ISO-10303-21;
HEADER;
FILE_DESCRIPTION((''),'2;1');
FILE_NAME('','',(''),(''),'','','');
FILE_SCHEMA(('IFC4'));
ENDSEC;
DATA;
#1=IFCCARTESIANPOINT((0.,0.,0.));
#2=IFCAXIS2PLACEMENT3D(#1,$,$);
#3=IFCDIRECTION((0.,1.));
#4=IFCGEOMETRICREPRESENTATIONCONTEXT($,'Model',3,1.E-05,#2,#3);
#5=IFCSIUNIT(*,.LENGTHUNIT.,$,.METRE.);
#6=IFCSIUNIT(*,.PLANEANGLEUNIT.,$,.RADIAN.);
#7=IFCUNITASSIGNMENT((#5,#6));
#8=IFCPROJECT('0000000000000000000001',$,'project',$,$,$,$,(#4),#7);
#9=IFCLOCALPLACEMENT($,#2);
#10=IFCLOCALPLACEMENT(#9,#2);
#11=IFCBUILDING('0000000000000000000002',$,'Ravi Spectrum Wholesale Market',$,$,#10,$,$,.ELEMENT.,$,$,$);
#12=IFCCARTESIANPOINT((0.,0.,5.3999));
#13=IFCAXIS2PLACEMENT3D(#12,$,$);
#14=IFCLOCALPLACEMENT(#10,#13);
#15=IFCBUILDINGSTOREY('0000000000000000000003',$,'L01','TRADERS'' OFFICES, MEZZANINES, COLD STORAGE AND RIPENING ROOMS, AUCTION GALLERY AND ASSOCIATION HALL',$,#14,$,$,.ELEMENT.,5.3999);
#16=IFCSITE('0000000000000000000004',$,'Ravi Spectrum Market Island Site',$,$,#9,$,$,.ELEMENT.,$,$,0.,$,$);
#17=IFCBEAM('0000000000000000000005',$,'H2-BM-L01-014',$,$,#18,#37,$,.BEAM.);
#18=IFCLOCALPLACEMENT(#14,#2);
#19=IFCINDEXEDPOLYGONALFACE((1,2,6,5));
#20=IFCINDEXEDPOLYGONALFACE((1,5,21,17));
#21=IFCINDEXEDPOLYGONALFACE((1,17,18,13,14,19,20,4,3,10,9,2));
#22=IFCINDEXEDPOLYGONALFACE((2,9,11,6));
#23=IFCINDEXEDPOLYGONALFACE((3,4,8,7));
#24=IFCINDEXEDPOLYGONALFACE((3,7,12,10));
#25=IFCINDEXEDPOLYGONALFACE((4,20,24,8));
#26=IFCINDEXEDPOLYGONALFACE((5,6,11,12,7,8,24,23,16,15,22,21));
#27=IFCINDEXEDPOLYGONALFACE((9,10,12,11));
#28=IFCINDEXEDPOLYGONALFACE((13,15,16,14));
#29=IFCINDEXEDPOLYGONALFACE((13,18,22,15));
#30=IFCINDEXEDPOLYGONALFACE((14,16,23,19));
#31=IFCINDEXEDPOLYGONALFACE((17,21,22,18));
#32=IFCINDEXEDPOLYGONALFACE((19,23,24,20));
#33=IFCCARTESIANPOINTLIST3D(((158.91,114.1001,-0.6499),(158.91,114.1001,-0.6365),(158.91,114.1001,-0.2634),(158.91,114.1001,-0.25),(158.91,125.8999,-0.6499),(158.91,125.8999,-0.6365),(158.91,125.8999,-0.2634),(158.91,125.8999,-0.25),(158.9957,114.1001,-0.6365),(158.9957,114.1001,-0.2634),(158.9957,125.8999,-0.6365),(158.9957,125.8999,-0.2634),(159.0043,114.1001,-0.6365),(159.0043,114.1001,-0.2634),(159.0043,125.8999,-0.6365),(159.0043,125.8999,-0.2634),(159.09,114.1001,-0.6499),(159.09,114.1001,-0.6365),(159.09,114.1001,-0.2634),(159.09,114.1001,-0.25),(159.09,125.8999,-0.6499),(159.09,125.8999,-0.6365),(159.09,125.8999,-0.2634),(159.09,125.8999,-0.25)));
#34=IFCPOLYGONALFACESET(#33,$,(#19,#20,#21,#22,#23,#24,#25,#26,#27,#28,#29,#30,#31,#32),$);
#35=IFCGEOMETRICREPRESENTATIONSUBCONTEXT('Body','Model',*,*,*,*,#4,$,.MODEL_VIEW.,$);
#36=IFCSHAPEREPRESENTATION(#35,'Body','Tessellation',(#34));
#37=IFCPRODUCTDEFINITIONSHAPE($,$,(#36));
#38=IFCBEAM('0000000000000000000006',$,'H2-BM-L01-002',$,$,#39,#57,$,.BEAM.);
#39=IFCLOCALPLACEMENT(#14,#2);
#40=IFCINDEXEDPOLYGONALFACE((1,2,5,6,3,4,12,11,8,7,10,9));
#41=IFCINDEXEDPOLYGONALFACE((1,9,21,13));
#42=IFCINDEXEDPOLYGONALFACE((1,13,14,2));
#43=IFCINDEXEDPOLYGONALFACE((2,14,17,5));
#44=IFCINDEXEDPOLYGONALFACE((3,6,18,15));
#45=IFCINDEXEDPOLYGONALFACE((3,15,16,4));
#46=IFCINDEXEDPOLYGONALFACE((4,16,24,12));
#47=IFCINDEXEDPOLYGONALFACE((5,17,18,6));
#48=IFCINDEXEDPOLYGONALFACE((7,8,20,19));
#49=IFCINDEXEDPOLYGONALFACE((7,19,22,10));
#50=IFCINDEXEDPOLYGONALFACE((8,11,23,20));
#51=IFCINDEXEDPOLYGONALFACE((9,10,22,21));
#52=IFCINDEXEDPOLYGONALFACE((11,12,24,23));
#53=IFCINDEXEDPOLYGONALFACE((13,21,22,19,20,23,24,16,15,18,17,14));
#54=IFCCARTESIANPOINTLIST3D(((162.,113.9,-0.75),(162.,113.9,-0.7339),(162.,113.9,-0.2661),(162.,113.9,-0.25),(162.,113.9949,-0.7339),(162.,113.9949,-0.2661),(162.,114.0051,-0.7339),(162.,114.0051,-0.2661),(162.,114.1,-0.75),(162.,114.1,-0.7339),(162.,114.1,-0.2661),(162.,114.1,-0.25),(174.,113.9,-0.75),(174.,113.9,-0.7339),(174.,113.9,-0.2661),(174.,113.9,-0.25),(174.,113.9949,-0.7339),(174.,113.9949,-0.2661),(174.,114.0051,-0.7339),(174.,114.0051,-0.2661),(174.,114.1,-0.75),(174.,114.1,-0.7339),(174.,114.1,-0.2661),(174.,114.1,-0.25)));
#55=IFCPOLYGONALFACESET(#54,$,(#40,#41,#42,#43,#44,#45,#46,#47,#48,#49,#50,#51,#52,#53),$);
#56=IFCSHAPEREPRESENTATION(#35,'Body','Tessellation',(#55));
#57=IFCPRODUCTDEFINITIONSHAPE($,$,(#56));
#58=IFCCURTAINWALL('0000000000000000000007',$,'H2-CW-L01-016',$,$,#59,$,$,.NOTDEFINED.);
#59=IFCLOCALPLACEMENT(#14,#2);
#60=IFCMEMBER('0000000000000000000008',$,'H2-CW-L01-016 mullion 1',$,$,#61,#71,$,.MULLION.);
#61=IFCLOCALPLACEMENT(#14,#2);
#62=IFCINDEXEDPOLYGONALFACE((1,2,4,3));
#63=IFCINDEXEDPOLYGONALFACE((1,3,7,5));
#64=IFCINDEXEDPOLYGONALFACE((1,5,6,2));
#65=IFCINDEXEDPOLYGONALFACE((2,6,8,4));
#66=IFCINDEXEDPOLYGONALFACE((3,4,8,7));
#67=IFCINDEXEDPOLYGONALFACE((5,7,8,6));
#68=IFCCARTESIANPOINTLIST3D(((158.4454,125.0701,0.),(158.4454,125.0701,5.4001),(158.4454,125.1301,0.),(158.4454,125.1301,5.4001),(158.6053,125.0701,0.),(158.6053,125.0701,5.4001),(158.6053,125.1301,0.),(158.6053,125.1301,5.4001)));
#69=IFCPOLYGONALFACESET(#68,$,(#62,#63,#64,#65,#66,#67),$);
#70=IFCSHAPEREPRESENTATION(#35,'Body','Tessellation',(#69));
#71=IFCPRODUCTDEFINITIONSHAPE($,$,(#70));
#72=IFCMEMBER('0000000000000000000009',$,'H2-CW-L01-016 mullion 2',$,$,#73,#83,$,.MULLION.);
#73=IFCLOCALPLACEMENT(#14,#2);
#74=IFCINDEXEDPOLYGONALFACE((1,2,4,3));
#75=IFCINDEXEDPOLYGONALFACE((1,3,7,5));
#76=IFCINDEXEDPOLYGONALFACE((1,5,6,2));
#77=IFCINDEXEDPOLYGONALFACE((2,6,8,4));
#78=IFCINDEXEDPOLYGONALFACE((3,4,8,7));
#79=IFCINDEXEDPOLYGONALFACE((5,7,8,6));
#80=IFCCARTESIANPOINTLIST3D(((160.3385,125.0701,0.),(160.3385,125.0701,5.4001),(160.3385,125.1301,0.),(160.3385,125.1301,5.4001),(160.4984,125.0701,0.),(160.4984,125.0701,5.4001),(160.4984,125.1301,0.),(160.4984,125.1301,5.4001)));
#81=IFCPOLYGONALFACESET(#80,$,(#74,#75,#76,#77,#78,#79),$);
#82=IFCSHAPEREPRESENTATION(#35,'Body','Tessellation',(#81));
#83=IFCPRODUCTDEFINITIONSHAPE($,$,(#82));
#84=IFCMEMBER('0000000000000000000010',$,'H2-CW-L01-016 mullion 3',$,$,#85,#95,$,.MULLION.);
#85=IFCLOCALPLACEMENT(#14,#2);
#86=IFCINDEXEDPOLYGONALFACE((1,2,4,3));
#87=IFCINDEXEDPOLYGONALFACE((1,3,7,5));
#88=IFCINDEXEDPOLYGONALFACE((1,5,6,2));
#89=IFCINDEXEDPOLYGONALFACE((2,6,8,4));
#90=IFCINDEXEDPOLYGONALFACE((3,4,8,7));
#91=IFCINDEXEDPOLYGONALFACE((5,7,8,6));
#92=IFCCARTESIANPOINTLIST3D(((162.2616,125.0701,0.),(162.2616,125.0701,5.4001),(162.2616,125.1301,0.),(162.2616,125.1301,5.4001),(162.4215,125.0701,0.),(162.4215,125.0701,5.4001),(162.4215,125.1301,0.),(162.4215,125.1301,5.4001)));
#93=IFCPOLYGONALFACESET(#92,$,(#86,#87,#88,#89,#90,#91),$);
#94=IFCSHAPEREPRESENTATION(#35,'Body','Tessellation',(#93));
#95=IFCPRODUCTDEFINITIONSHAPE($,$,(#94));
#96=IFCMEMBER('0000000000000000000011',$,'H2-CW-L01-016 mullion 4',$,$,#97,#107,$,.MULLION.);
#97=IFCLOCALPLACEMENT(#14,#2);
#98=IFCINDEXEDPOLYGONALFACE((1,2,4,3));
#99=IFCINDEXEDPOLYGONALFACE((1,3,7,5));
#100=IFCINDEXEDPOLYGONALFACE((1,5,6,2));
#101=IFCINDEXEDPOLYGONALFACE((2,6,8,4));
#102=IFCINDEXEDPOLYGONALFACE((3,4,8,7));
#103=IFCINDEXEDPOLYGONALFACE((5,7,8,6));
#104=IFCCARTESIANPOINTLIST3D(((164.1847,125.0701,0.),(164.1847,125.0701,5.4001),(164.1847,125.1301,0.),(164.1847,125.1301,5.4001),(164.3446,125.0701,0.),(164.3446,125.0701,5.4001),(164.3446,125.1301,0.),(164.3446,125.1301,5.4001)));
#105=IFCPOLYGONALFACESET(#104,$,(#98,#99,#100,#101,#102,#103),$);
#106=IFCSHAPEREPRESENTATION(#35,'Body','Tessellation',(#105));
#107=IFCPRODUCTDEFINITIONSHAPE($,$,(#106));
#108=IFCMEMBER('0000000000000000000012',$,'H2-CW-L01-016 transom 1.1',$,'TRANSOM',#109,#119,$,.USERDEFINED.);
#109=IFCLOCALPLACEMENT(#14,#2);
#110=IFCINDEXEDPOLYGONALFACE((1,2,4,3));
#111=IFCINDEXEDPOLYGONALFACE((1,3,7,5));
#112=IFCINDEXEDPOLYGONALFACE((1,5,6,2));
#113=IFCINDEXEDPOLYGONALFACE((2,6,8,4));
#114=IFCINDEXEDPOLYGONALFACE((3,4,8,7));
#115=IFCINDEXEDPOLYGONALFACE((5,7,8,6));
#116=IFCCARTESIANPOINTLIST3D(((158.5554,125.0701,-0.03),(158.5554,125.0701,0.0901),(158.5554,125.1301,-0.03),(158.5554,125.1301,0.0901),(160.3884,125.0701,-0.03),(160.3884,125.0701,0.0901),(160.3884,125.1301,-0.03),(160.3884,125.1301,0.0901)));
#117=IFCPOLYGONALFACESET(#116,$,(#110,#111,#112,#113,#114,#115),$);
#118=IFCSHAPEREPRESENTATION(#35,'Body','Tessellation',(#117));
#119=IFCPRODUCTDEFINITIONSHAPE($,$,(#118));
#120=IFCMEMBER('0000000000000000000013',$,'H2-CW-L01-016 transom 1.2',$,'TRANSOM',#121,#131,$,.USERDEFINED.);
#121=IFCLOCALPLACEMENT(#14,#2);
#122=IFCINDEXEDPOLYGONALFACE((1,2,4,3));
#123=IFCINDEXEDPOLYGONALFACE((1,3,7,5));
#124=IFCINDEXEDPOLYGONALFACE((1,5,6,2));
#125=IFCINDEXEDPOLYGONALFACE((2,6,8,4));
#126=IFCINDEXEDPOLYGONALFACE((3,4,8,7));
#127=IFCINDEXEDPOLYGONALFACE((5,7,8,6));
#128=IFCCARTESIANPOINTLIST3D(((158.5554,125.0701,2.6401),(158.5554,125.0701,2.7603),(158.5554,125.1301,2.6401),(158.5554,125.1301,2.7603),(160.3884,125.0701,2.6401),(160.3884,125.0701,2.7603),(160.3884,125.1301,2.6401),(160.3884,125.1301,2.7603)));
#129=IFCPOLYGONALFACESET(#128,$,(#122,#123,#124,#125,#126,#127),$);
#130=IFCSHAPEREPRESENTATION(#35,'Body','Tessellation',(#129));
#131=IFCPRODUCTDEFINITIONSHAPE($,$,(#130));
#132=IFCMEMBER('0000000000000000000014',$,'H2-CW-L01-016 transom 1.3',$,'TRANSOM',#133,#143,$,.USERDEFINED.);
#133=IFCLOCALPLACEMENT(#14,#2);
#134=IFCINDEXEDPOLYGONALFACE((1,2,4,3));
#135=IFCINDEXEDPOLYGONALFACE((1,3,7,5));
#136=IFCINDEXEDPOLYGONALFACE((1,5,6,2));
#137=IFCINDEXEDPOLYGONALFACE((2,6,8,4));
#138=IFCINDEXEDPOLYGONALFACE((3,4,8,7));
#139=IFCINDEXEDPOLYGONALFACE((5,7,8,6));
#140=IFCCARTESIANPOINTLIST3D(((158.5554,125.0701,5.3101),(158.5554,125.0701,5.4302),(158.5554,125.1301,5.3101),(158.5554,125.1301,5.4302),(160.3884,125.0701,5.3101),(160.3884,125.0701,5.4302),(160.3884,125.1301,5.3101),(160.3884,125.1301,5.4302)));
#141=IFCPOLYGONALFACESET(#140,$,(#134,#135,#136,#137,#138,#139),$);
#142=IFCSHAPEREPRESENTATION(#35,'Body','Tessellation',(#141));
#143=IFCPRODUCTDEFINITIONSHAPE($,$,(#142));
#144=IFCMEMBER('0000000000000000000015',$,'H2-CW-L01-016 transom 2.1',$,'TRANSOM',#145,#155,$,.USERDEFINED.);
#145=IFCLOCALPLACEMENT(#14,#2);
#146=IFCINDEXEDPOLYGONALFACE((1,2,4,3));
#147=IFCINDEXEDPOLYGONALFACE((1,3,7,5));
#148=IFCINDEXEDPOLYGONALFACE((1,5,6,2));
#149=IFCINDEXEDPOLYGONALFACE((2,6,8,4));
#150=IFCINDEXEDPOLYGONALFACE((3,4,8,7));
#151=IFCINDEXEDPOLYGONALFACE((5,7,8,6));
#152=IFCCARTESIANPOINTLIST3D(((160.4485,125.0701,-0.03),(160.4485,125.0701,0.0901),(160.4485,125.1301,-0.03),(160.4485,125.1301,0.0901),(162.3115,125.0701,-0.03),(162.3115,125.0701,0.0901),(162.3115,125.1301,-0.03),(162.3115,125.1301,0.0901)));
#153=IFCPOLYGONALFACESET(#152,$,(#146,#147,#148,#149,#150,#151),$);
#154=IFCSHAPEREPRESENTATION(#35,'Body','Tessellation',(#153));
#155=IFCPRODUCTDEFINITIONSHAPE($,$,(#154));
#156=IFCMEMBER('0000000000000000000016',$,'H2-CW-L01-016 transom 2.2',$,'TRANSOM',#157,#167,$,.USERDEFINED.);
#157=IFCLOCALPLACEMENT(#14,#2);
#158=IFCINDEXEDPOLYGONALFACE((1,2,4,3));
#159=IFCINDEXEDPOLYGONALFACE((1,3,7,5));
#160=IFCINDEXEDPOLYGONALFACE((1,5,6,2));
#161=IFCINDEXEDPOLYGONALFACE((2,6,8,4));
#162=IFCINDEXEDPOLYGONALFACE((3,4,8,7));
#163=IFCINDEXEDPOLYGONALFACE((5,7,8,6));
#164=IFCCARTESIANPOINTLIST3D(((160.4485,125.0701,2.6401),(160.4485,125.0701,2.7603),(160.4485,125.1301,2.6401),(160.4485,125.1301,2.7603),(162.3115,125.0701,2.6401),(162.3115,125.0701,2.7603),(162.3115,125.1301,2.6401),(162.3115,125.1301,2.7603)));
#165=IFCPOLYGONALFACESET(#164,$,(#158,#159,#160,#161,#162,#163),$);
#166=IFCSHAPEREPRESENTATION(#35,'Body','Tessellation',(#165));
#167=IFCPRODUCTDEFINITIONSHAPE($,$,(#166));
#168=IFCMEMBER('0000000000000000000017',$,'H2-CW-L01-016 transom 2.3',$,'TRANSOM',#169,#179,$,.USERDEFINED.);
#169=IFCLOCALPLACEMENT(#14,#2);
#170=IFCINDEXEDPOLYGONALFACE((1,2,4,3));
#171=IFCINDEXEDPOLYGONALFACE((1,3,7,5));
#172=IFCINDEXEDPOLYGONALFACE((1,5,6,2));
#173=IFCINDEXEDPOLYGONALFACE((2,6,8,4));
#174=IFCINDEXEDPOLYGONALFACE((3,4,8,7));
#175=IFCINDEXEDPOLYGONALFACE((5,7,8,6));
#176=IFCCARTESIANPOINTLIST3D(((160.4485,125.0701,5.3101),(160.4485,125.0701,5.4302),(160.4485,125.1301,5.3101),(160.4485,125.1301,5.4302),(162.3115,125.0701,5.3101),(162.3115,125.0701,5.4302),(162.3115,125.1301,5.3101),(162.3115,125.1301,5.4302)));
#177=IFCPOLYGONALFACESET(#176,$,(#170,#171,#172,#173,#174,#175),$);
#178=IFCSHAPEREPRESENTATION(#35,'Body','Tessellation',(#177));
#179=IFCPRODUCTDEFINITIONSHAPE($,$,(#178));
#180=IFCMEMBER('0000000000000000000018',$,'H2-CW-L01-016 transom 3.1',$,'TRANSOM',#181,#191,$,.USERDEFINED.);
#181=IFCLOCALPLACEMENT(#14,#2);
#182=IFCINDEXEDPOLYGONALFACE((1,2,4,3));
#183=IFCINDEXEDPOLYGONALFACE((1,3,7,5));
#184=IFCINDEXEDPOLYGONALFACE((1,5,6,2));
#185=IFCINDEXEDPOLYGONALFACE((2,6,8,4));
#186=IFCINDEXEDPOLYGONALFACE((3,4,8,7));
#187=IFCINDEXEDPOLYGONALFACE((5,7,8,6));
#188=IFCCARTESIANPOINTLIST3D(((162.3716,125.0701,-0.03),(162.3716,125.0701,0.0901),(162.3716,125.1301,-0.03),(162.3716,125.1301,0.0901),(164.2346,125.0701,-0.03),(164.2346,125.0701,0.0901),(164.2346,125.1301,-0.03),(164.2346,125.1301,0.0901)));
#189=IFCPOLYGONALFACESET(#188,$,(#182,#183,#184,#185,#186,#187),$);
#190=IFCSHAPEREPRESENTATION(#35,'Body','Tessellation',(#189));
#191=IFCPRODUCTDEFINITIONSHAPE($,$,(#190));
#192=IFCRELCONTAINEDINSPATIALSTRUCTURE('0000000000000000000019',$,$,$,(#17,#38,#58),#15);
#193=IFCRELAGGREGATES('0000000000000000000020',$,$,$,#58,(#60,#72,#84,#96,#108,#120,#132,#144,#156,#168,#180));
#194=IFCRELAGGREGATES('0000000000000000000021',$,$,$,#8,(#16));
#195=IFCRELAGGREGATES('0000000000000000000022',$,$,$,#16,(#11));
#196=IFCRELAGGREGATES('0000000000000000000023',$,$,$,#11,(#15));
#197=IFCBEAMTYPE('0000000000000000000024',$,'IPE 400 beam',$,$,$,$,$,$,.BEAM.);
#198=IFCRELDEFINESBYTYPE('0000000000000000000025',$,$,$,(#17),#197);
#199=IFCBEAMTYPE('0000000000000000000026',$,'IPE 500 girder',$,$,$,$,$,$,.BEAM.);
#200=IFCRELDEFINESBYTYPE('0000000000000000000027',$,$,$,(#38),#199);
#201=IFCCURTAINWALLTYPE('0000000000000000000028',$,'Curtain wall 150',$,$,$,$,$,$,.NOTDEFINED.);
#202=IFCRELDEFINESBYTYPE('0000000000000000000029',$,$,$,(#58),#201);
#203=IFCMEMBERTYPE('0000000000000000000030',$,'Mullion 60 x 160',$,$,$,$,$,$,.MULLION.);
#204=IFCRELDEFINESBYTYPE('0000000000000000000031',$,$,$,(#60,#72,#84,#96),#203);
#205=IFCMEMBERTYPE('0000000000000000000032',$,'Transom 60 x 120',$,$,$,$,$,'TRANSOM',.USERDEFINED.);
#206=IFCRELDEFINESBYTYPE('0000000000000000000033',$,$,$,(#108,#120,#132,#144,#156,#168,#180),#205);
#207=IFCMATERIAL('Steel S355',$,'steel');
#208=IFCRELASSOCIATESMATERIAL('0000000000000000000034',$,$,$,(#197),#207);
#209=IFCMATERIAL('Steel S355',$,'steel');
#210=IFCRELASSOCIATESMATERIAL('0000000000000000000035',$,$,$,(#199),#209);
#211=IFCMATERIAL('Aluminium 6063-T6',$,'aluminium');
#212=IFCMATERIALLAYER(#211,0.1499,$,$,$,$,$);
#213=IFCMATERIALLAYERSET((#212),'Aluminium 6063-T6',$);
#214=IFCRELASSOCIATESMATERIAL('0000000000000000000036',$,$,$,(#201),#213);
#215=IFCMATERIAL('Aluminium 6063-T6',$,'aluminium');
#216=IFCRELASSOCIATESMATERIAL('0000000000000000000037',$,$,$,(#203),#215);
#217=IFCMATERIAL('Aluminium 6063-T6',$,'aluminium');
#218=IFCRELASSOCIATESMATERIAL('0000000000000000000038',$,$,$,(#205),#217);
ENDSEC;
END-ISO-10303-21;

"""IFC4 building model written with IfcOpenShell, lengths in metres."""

from ifc_helpers import new_model, si_unit, direction, frame, origin, origin_2d, place, context, subcontext, project, spatial, rectangle, i_section, extrude, material, layer, layer_set, material_profile, profile_set, type_object, element, aggregate, save


model = new_model("IFC4")

# Units and contexts
model_context = context("Model", 3, precision=1e-05, world=origin(), true_north=direction((0.0, 1.0)))
body_context = subcontext(model_context, "Body", "Model", "MODEL_VIEW")
ifc_project = project(units=[si_unit("LENGTHUNIT", "METRE"), si_unit("PLANEANGLEUNIT", "RADIAN")], contexts=[model_context])

# Site, building, storey
site_placement = place(None, origin())
site = spatial("IfcSite", under=ifc_project, at=site_placement, Name="Ravi Spectrum Market Island Site", CompositionType="ELEMENT", RefElevation=0.0)
building_placement = place(site_placement, origin())
building = spatial("IfcBuilding", under=site, at=building_placement, Name="Ravi Spectrum Wholesale Market", CompositionType="ELEMENT")
storey_placement = place(building_placement, frame((0.0, 0.0, 5.3999)))
storey = spatial("IfcBuildingStorey", under=building, at=storey_placement, Name="L01", Description="TRADERS' OFFICES, MEZZANINES, COLD STORAGE AND RIPENING ROOMS, AUCTION GALLERY AND ASSOCIATION HALL", CompositionType="ELEMENT", Elevation=5.3999)

# Beams
ifc_material_1 = material(Name="Steel S355", Category="steel")
ifc_material_profile_1 = material_profile(ifc_material_1, i_section(OverallWidth=0.1799, OverallDepth=0.3999, WebThickness=0.0085, FlangeThickness=0.0134, at=origin_2d()))
ifc_profile_set_1 = profile_set([ifc_material_profile_1], Name="Steel S355")
beam_type_1 = type_object("IfcBeamType", Name="IPE 400 beam", PredefinedType="BEAM", material=ifc_profile_set_1)
beam_1_placement = place(storey_placement, frame((159.0, 114.1001, -0.45), z_axis=(0.0, 1.0, 0.0), x_axis=(-1.0, 0.0, 0.0)))
element("IfcBeam", 1, at=beam_1_placement, inside=storey, type_object=beam_type_1, Name="H2-BM-L01-014", PredefinedType="BEAM", context=body_context, shape_type="SweptSolid", body=[
    extrude(i_section(OverallWidth=0.1799, OverallDepth=0.3999, WebThickness=0.0085, FlangeThickness=0.0134, at=origin_2d()), origin(), (0.0, 0.0, 1.0), 11.7998),
])
ifc_material_2 = material(Name="Steel S355", Category="steel")
ifc_material_profile_2 = material_profile(ifc_material_2, i_section(OverallWidth=0.2, OverallDepth=0.5, WebThickness=0.0103, FlangeThickness=0.0161, at=origin_2d()))
ifc_profile_set_2 = profile_set([ifc_material_profile_2], Name="Steel S355")
beam_type_2 = type_object("IfcBeamType", Name="IPE 500 girder", PredefinedType="BEAM", material=ifc_profile_set_2)
beam_2_placement = place(storey_placement, frame((162.0, 114.0, -0.5), z_axis=(1.0, 0.0, 0.0), x_axis=(0.0, 1.0, 0.0)))
element("IfcBeam", 2, at=beam_2_placement, inside=storey, type_object=beam_type_2, Name="H2-BM-L01-002", PredefinedType="BEAM", context=body_context, shape_type="SweptSolid", body=[
    extrude(i_section(OverallWidth=0.2, OverallDepth=0.5, WebThickness=0.0103, FlangeThickness=0.0161, at=origin_2d()), origin(), (0.0, 0.0, 1.0), 12.0),
])

# Curtain wall, members
ifc_material_3 = material(Name="Aluminium 6063-T6", Category="aluminium")
ifc_layer_1 = layer(ifc_material_3, 0.1499)
ifc_layer_set_1 = layer_set([ifc_layer_1], Name="Aluminium 6063-T6")
curtain_wall_type = type_object("IfcCurtainWallType", Name="Curtain wall 150", PredefinedType="NOTDEFINED", material=ifc_layer_set_1)
curtain_wall_placement = place(storey_placement, origin())
curtain_wall = element("IfcCurtainWall", 3, at=curtain_wall_placement, inside=storey, type_object=curtain_wall_type, Name="H2-CW-L01-016", PredefinedType="NOTDEFINED")
ifc_material_4 = material(Name="Aluminium 6063-T6", Category="aluminium")
ifc_material_profile_3 = material_profile(ifc_material_4, rectangle(XDim=0.0601, YDim=0.1599, at=origin_2d()))
ifc_profile_set_3 = profile_set([ifc_material_profile_3], Name="Aluminium 6063-T6")
member_type_1 = type_object("IfcMemberType", Name="Mullion 60 x 160", PredefinedType="MULLION", material=ifc_profile_set_3)
member_1_placement = place(storey_placement, frame((158.5254, 125.1001, 0.0), z_axis=(0.0, 0.0, 1.0), x_axis=(0.0, 1.0, 0.0)))
member_1 = element("IfcMember", 4, at=member_1_placement, type_object=member_type_1, Name="H2-CW-L01-016 mullion 1", PredefinedType="MULLION", context=body_context, shape_type="SweptSolid", body=[
    extrude(rectangle(XDim=0.0601, YDim=0.1599, at=origin_2d()), origin(), (0.0, 0.0, 1.0), 5.4001),
])
member_2_placement = place(storey_placement, frame((160.4185, 125.1001, 0.0), z_axis=(0.0, 0.0, 1.0), x_axis=(0.0, 1.0, 0.0)))
member_2 = element("IfcMember", 5, at=member_2_placement, type_object=member_type_1, Name="H2-CW-L01-016 mullion 2", PredefinedType="MULLION", context=body_context, shape_type="SweptSolid", body=[
    extrude(rectangle(XDim=0.0601, YDim=0.1599, at=origin_2d()), origin(), (0.0, 0.0, 1.0), 5.4001),
])
member_3_placement = place(storey_placement, frame((162.3416, 125.1001, 0.0), z_axis=(0.0, 0.0, 1.0), x_axis=(0.0, 1.0, 0.0)))
member_3 = element("IfcMember", 6, at=member_3_placement, type_object=member_type_1, Name="H2-CW-L01-016 mullion 3", PredefinedType="MULLION", context=body_context, shape_type="SweptSolid", body=[
    extrude(rectangle(XDim=0.0601, YDim=0.1599, at=origin_2d()), origin(), (0.0, 0.0, 1.0), 5.4001),
])
member_4_placement = place(storey_placement, frame((164.2646, 125.1001, 0.0), z_axis=(0.0, 0.0, 1.0), x_axis=(0.0, 1.0, 0.0)))
member_4 = element("IfcMember", 7, at=member_4_placement, type_object=member_type_1, Name="H2-CW-L01-016 mullion 4", PredefinedType="MULLION", context=body_context, shape_type="SweptSolid", body=[
    extrude(rectangle(XDim=0.0601, YDim=0.1599, at=origin_2d()), origin(), (0.0, 0.0, 1.0), 5.4001),
])
ifc_material_5 = material(Name="Aluminium 6063-T6", Category="aluminium")
ifc_material_profile_4 = material_profile(ifc_material_5, rectangle(XDim=0.0601, YDim=0.1201, at=origin_2d()))
ifc_profile_set_4 = profile_set([ifc_material_profile_4], Name="Aluminium 6063-T6")
member_type_2 = type_object("IfcMemberType", Name="Transom 60 x 120", ElementType="TRANSOM", PredefinedType="USERDEFINED", material=ifc_profile_set_4)
member_5_placement = place(storey_placement, frame((158.5554, 125.1001, 0.03), z_axis=(1.0, 0.0, 0.0), x_axis=(0.0, 1.0, 0.0)))
member_5 = element("IfcMember", 8, at=member_5_placement, type_object=member_type_2, Name="H2-CW-L01-016 transom 1.1", ObjectType="TRANSOM", PredefinedType="USERDEFINED", context=body_context, shape_type="SweptSolid", body=[
    extrude(rectangle(XDim=0.0601, YDim=0.1201, at=origin_2d()), origin(), (0.0, 0.0, 1.0), 1.833),
])
member_6_placement = place(storey_placement, frame((158.5554, 125.1001, 2.7002), z_axis=(1.0, 0.0, 0.0), x_axis=(0.0, 1.0, 0.0)))
member_6 = element("IfcMember", 9, at=member_6_placement, type_object=member_type_2, Name="H2-CW-L01-016 transom 1.2", ObjectType="TRANSOM", PredefinedType="USERDEFINED", context=body_context, shape_type="SweptSolid", body=[
    extrude(rectangle(XDim=0.0601, YDim=0.1201, at=origin_2d()), origin(), (0.0, 0.0, 1.0), 1.833),
])
member_7_placement = place(storey_placement, frame((158.5554, 125.1001, 5.3701), z_axis=(1.0, 0.0, 0.0), x_axis=(0.0, 1.0, 0.0)))
member_7 = element("IfcMember", 10, at=member_7_placement, type_object=member_type_2, Name="H2-CW-L01-016 transom 1.3", ObjectType="TRANSOM", PredefinedType="USERDEFINED", context=body_context, shape_type="SweptSolid", body=[
    extrude(rectangle(XDim=0.0601, YDim=0.1201, at=origin_2d()), origin(), (0.0, 0.0, 1.0), 1.833),
])
member_8_placement = place(storey_placement, frame((160.4485, 125.1001, 0.03), z_axis=(1.0, 0.0, 0.0), x_axis=(0.0, 1.0, 0.0)))
member_8 = element("IfcMember", 11, at=member_8_placement, type_object=member_type_2, Name="H2-CW-L01-016 transom 2.1", ObjectType="TRANSOM", PredefinedType="USERDEFINED", context=body_context, shape_type="SweptSolid", body=[
    extrude(rectangle(XDim=0.0601, YDim=0.1201, at=origin_2d()), origin(), (0.0, 0.0, 1.0), 1.863),
])
member_9_placement = place(storey_placement, frame((160.4485, 125.1001, 2.7002), z_axis=(1.0, 0.0, 0.0), x_axis=(0.0, 1.0, 0.0)))
member_9 = element("IfcMember", 12, at=member_9_placement, type_object=member_type_2, Name="H2-CW-L01-016 transom 2.2", ObjectType="TRANSOM", PredefinedType="USERDEFINED", context=body_context, shape_type="SweptSolid", body=[
    extrude(rectangle(XDim=0.0601, YDim=0.1201, at=origin_2d()), origin(), (0.0, 0.0, 1.0), 1.863),
])
member_10_placement = place(storey_placement, frame((160.4485, 125.1001, 5.3701), z_axis=(1.0, 0.0, 0.0), x_axis=(0.0, 1.0, 0.0)))
member_10 = element("IfcMember", 13, at=member_10_placement, type_object=member_type_2, Name="H2-CW-L01-016 transom 2.3", ObjectType="TRANSOM", PredefinedType="USERDEFINED", context=body_context, shape_type="SweptSolid", body=[
    extrude(rectangle(XDim=0.0601, YDim=0.1201, at=origin_2d()), origin(), (0.0, 0.0, 1.0), 1.863),
])
member_11_placement = place(storey_placement, frame((162.3716, 125.1001, 0.03), z_axis=(1.0, 0.0, 0.0), x_axis=(0.0, 1.0, 0.0)))
member_11 = element("IfcMember", 14, at=member_11_placement, type_object=member_type_2, Name="H2-CW-L01-016 transom 3.1", ObjectType="TRANSOM", PredefinedType="USERDEFINED", context=body_context, shape_type="SweptSolid", body=[
    extrude(rectangle(XDim=0.0601, YDim=0.1201, at=origin_2d()), origin(), (0.0, 0.0, 1.0), 1.863),
])
aggregate(curtain_wall, [member_1, member_2, member_3, member_4, member_5, member_6, member_7, member_8, member_9, member_10, member_11])

save(model, "model.ifc")
